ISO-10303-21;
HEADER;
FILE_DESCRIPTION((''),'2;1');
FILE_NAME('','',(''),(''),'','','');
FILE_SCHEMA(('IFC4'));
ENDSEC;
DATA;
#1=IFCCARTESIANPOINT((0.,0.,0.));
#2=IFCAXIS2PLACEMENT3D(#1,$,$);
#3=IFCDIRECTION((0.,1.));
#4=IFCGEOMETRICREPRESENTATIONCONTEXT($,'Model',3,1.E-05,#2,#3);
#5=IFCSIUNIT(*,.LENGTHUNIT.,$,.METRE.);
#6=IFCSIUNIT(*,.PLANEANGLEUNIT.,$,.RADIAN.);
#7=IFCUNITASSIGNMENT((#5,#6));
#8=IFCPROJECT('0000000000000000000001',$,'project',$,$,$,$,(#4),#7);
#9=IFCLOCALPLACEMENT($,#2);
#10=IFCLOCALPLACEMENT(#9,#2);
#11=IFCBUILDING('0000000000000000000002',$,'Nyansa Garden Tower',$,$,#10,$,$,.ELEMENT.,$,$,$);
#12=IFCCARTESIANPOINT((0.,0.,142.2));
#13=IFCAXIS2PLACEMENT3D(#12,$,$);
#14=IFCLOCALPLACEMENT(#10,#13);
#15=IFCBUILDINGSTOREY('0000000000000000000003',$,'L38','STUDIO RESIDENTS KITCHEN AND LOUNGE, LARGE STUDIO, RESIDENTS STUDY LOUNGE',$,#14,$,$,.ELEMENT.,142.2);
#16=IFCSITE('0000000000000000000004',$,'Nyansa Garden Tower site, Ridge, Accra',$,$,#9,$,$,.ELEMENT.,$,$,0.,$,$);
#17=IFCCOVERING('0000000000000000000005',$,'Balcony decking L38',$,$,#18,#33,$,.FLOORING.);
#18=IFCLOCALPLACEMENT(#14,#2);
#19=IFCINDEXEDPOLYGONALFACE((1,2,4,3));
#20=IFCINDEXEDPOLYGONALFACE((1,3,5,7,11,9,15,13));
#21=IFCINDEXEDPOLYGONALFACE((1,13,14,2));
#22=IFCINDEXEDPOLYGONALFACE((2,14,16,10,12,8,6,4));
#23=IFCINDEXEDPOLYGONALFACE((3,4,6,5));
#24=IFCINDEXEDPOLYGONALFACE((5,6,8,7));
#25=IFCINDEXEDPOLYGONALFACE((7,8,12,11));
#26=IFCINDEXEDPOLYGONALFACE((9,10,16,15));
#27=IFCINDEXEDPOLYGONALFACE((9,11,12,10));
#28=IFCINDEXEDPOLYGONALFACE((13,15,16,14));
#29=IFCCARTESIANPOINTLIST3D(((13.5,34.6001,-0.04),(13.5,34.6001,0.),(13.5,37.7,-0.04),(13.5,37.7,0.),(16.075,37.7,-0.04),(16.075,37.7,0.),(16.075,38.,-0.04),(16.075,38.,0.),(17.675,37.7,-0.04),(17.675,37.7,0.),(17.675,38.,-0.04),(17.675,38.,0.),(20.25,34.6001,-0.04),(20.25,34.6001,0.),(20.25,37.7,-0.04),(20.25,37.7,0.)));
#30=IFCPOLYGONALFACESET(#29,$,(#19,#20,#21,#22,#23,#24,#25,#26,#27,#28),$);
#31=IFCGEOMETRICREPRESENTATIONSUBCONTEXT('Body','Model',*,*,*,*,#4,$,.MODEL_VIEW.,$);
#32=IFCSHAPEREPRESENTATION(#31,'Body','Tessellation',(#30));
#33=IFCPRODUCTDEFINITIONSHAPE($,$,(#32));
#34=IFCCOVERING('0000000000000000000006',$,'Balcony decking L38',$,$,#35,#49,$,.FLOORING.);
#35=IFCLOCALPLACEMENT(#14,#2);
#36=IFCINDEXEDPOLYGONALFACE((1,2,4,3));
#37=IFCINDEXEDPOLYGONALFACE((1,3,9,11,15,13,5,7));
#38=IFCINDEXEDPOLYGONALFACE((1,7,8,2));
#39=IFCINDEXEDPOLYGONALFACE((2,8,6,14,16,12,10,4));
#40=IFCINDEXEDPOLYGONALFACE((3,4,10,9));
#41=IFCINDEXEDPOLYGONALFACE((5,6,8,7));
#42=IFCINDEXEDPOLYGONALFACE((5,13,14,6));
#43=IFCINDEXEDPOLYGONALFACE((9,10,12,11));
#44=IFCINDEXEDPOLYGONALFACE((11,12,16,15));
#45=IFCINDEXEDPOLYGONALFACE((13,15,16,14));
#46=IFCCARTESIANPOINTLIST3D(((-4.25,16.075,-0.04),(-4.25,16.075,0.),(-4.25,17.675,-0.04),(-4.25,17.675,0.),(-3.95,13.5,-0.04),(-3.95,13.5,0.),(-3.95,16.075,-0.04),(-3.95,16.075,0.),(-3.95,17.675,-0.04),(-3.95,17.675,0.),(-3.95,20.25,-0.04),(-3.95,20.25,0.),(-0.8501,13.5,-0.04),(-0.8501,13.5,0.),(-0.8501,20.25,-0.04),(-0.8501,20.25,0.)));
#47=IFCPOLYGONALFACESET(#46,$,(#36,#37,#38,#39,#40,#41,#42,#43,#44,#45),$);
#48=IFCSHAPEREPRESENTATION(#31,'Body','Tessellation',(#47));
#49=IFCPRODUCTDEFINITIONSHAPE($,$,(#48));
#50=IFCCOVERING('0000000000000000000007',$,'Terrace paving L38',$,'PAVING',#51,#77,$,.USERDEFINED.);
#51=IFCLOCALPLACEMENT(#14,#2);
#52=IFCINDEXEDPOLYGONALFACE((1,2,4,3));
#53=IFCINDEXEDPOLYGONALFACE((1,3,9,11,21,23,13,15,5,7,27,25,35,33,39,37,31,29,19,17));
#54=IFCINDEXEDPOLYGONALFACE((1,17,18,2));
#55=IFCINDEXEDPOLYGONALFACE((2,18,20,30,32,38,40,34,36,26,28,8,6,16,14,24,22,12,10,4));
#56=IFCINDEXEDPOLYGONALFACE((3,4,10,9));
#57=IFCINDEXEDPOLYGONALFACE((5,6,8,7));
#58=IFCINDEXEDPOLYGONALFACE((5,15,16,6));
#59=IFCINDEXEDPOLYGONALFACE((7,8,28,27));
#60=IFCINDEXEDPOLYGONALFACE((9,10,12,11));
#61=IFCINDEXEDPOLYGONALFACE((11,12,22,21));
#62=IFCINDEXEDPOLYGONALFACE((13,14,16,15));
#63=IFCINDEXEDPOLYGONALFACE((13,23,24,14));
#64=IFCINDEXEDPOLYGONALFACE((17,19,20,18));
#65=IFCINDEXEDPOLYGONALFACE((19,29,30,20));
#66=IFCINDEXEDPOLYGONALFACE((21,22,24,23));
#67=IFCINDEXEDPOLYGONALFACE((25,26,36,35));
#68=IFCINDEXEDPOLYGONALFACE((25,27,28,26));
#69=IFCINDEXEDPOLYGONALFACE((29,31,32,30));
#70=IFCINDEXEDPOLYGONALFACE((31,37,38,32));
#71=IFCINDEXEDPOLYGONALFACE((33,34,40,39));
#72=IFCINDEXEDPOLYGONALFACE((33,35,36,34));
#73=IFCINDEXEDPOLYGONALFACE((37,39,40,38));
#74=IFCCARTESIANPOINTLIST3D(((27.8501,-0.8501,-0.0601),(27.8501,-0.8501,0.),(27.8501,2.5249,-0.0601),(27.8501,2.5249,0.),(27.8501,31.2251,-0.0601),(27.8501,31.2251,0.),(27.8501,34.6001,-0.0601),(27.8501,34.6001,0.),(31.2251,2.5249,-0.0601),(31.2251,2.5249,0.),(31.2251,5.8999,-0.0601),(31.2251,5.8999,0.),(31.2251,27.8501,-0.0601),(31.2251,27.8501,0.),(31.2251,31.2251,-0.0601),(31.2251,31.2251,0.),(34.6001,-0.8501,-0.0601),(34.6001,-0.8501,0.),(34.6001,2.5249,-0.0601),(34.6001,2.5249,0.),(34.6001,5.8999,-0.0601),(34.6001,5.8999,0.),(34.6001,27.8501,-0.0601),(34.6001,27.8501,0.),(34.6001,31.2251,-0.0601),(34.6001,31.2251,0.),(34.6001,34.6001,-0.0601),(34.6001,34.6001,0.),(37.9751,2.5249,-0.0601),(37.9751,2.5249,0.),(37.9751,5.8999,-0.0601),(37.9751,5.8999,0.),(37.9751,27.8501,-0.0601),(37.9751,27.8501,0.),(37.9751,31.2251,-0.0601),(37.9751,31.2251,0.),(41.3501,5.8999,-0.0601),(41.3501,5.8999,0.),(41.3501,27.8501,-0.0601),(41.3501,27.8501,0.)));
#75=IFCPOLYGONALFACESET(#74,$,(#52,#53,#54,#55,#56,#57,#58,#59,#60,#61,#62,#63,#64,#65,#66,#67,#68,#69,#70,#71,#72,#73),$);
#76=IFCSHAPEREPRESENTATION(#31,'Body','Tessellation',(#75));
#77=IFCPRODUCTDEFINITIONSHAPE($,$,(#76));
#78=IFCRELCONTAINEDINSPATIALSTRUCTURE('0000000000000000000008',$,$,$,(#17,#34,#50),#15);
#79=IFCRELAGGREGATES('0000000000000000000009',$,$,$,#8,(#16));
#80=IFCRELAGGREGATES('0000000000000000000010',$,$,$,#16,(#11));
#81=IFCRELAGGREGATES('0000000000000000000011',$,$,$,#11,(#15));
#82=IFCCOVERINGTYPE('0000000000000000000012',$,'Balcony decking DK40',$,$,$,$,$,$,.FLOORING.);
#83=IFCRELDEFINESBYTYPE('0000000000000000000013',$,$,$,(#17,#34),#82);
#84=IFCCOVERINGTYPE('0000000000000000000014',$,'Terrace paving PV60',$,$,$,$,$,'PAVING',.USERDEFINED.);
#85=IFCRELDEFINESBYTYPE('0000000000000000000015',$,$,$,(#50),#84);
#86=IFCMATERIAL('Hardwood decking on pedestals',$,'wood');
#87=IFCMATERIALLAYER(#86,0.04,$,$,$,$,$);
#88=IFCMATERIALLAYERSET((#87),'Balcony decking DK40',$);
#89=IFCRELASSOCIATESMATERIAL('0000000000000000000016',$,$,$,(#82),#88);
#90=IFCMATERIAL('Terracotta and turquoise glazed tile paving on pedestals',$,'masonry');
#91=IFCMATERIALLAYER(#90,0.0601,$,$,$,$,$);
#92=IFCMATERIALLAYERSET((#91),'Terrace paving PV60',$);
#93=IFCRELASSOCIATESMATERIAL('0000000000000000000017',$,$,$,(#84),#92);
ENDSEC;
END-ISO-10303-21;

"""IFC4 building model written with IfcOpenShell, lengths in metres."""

from ifc_helpers import new_model, si_unit, direction, frame, origin, place, context, subcontext, project, spatial, polyline, outline, extrude, material, layer, layer_set, type_object, element, save


model = new_model("IFC4")

# Units and contexts
model_context = context("Model", 3, precision=1e-05, world=origin(), true_north=direction((0.0, 1.0)))
body_context = subcontext(model_context, "Body", "Model", "MODEL_VIEW")
ifc_project = project(units=[si_unit("LENGTHUNIT", "METRE"), si_unit("PLANEANGLEUNIT", "RADIAN")], contexts=[model_context])

# Site, building, storey
site_placement = place(None, origin())
site = spatial("IfcSite", under=ifc_project, at=site_placement, Name="Nyansa Garden Tower site, Ridge, Accra", CompositionType="ELEMENT", RefElevation=0.0)
building_placement = place(site_placement, origin())
building = spatial("IfcBuilding", under=site, at=building_placement, Name="Nyansa Garden Tower", CompositionType="ELEMENT")
storey_placement = place(building_placement, frame((0.0, 0.0, 142.2)))
storey = spatial("IfcBuildingStorey", under=building, at=storey_placement, Name="L38", Description="STUDIO RESIDENTS KITCHEN AND LOUNGE, LARGE STUDIO, RESIDENTS STUDY LOUNGE", CompositionType="ELEMENT", Elevation=142.2)

# Coverings
ifc_material_1 = material(Name="Hardwood decking on pedestals", Category="wood")
ifc_layer_1 = layer(ifc_material_1, 0.04)
ifc_layer_set_1 = layer_set([ifc_layer_1], Name="Balcony decking DK40")
covering_type_1 = type_object("IfcCoveringType", Name="Balcony decking DK40", PredefinedType="FLOORING", material=ifc_layer_set_1)
covering_1_placement = place(storey_placement, frame((0.0, 0.0, -0.04)))
element("IfcCovering", 1, at=covering_1_placement, inside=storey, type_object=covering_type_1, Name="Balcony decking L38", PredefinedType="FLOORING", context=body_context, shape_type="SweptSolid", body=[
    extrude(outline(polyline([(13.5, 34.6001), (20.25, 34.6001), (20.25, 37.7), (17.675, 37.7), (17.675, 38.0), (16.075, 38.0), (16.075, 37.7), (13.5, 37.7), (13.5, 34.6001)])), origin(), (0.0, 0.0, 1.0), 0.04),
])
covering_2_placement = place(storey_placement, frame((0.0, 0.0, -0.04)))
element("IfcCovering", 2, at=covering_2_placement, inside=storey, type_object=covering_type_1, Name="Balcony decking L38", PredefinedType="FLOORING", context=body_context, shape_type="SweptSolid", body=[
    extrude(outline(polyline([(-0.8501, 13.5), (-0.8501, 20.25), (-3.95, 20.25), (-3.95, 17.675), (-4.25, 17.675), (-4.25, 16.075), (-3.95, 16.075), (-3.95, 13.5), (-0.8501, 13.5)])), origin(), (0.0, 0.0, 1.0), 0.04),
])
ifc_material_2 = material(Name="Terracotta and turquoise glazed tile paving on pedestals", Category="masonry")
ifc_layer_2 = layer(ifc_material_2, 0.0601)
ifc_layer_set_2 = layer_set([ifc_layer_2], Name="Terrace paving PV60")
covering_type_2 = type_object("IfcCoveringType", Name="Terrace paving PV60", ElementType="PAVING", PredefinedType="USERDEFINED", material=ifc_layer_set_2)
covering_3_placement = place(storey_placement, frame((0.0, 0.0, -0.0601)))
element("IfcCovering", 3, at=covering_3_placement, inside=storey, type_object=covering_type_2, Name="Terrace paving L38", ObjectType="PAVING", PredefinedType="USERDEFINED", context=body_context, shape_type="SweptSolid", body=[
    extrude(outline(polyline([(37.9751, 5.8999), (37.9751, 2.5249), (34.6001, 2.5249), (34.6001, -0.8501), (27.8501, -0.8501), (27.8501, 2.5249), (31.2251, 2.5249), (31.2251, 5.8999), (34.6001, 5.8999), (34.6001, 27.8501), (31.2251, 27.8501), (31.2251, 31.2251), (27.8501, 31.2251), (27.8501, 34.6001), (34.6001, 34.6001), (34.6001, 31.2251), (37.9751, 31.2251), (37.9751, 27.8501), (41.3501, 27.8501), (41.3501, 5.8999), (37.9751, 5.8999)])), origin(), (0.0, 0.0, 1.0), 0.0601),
])

save(model, "model.ifc")
